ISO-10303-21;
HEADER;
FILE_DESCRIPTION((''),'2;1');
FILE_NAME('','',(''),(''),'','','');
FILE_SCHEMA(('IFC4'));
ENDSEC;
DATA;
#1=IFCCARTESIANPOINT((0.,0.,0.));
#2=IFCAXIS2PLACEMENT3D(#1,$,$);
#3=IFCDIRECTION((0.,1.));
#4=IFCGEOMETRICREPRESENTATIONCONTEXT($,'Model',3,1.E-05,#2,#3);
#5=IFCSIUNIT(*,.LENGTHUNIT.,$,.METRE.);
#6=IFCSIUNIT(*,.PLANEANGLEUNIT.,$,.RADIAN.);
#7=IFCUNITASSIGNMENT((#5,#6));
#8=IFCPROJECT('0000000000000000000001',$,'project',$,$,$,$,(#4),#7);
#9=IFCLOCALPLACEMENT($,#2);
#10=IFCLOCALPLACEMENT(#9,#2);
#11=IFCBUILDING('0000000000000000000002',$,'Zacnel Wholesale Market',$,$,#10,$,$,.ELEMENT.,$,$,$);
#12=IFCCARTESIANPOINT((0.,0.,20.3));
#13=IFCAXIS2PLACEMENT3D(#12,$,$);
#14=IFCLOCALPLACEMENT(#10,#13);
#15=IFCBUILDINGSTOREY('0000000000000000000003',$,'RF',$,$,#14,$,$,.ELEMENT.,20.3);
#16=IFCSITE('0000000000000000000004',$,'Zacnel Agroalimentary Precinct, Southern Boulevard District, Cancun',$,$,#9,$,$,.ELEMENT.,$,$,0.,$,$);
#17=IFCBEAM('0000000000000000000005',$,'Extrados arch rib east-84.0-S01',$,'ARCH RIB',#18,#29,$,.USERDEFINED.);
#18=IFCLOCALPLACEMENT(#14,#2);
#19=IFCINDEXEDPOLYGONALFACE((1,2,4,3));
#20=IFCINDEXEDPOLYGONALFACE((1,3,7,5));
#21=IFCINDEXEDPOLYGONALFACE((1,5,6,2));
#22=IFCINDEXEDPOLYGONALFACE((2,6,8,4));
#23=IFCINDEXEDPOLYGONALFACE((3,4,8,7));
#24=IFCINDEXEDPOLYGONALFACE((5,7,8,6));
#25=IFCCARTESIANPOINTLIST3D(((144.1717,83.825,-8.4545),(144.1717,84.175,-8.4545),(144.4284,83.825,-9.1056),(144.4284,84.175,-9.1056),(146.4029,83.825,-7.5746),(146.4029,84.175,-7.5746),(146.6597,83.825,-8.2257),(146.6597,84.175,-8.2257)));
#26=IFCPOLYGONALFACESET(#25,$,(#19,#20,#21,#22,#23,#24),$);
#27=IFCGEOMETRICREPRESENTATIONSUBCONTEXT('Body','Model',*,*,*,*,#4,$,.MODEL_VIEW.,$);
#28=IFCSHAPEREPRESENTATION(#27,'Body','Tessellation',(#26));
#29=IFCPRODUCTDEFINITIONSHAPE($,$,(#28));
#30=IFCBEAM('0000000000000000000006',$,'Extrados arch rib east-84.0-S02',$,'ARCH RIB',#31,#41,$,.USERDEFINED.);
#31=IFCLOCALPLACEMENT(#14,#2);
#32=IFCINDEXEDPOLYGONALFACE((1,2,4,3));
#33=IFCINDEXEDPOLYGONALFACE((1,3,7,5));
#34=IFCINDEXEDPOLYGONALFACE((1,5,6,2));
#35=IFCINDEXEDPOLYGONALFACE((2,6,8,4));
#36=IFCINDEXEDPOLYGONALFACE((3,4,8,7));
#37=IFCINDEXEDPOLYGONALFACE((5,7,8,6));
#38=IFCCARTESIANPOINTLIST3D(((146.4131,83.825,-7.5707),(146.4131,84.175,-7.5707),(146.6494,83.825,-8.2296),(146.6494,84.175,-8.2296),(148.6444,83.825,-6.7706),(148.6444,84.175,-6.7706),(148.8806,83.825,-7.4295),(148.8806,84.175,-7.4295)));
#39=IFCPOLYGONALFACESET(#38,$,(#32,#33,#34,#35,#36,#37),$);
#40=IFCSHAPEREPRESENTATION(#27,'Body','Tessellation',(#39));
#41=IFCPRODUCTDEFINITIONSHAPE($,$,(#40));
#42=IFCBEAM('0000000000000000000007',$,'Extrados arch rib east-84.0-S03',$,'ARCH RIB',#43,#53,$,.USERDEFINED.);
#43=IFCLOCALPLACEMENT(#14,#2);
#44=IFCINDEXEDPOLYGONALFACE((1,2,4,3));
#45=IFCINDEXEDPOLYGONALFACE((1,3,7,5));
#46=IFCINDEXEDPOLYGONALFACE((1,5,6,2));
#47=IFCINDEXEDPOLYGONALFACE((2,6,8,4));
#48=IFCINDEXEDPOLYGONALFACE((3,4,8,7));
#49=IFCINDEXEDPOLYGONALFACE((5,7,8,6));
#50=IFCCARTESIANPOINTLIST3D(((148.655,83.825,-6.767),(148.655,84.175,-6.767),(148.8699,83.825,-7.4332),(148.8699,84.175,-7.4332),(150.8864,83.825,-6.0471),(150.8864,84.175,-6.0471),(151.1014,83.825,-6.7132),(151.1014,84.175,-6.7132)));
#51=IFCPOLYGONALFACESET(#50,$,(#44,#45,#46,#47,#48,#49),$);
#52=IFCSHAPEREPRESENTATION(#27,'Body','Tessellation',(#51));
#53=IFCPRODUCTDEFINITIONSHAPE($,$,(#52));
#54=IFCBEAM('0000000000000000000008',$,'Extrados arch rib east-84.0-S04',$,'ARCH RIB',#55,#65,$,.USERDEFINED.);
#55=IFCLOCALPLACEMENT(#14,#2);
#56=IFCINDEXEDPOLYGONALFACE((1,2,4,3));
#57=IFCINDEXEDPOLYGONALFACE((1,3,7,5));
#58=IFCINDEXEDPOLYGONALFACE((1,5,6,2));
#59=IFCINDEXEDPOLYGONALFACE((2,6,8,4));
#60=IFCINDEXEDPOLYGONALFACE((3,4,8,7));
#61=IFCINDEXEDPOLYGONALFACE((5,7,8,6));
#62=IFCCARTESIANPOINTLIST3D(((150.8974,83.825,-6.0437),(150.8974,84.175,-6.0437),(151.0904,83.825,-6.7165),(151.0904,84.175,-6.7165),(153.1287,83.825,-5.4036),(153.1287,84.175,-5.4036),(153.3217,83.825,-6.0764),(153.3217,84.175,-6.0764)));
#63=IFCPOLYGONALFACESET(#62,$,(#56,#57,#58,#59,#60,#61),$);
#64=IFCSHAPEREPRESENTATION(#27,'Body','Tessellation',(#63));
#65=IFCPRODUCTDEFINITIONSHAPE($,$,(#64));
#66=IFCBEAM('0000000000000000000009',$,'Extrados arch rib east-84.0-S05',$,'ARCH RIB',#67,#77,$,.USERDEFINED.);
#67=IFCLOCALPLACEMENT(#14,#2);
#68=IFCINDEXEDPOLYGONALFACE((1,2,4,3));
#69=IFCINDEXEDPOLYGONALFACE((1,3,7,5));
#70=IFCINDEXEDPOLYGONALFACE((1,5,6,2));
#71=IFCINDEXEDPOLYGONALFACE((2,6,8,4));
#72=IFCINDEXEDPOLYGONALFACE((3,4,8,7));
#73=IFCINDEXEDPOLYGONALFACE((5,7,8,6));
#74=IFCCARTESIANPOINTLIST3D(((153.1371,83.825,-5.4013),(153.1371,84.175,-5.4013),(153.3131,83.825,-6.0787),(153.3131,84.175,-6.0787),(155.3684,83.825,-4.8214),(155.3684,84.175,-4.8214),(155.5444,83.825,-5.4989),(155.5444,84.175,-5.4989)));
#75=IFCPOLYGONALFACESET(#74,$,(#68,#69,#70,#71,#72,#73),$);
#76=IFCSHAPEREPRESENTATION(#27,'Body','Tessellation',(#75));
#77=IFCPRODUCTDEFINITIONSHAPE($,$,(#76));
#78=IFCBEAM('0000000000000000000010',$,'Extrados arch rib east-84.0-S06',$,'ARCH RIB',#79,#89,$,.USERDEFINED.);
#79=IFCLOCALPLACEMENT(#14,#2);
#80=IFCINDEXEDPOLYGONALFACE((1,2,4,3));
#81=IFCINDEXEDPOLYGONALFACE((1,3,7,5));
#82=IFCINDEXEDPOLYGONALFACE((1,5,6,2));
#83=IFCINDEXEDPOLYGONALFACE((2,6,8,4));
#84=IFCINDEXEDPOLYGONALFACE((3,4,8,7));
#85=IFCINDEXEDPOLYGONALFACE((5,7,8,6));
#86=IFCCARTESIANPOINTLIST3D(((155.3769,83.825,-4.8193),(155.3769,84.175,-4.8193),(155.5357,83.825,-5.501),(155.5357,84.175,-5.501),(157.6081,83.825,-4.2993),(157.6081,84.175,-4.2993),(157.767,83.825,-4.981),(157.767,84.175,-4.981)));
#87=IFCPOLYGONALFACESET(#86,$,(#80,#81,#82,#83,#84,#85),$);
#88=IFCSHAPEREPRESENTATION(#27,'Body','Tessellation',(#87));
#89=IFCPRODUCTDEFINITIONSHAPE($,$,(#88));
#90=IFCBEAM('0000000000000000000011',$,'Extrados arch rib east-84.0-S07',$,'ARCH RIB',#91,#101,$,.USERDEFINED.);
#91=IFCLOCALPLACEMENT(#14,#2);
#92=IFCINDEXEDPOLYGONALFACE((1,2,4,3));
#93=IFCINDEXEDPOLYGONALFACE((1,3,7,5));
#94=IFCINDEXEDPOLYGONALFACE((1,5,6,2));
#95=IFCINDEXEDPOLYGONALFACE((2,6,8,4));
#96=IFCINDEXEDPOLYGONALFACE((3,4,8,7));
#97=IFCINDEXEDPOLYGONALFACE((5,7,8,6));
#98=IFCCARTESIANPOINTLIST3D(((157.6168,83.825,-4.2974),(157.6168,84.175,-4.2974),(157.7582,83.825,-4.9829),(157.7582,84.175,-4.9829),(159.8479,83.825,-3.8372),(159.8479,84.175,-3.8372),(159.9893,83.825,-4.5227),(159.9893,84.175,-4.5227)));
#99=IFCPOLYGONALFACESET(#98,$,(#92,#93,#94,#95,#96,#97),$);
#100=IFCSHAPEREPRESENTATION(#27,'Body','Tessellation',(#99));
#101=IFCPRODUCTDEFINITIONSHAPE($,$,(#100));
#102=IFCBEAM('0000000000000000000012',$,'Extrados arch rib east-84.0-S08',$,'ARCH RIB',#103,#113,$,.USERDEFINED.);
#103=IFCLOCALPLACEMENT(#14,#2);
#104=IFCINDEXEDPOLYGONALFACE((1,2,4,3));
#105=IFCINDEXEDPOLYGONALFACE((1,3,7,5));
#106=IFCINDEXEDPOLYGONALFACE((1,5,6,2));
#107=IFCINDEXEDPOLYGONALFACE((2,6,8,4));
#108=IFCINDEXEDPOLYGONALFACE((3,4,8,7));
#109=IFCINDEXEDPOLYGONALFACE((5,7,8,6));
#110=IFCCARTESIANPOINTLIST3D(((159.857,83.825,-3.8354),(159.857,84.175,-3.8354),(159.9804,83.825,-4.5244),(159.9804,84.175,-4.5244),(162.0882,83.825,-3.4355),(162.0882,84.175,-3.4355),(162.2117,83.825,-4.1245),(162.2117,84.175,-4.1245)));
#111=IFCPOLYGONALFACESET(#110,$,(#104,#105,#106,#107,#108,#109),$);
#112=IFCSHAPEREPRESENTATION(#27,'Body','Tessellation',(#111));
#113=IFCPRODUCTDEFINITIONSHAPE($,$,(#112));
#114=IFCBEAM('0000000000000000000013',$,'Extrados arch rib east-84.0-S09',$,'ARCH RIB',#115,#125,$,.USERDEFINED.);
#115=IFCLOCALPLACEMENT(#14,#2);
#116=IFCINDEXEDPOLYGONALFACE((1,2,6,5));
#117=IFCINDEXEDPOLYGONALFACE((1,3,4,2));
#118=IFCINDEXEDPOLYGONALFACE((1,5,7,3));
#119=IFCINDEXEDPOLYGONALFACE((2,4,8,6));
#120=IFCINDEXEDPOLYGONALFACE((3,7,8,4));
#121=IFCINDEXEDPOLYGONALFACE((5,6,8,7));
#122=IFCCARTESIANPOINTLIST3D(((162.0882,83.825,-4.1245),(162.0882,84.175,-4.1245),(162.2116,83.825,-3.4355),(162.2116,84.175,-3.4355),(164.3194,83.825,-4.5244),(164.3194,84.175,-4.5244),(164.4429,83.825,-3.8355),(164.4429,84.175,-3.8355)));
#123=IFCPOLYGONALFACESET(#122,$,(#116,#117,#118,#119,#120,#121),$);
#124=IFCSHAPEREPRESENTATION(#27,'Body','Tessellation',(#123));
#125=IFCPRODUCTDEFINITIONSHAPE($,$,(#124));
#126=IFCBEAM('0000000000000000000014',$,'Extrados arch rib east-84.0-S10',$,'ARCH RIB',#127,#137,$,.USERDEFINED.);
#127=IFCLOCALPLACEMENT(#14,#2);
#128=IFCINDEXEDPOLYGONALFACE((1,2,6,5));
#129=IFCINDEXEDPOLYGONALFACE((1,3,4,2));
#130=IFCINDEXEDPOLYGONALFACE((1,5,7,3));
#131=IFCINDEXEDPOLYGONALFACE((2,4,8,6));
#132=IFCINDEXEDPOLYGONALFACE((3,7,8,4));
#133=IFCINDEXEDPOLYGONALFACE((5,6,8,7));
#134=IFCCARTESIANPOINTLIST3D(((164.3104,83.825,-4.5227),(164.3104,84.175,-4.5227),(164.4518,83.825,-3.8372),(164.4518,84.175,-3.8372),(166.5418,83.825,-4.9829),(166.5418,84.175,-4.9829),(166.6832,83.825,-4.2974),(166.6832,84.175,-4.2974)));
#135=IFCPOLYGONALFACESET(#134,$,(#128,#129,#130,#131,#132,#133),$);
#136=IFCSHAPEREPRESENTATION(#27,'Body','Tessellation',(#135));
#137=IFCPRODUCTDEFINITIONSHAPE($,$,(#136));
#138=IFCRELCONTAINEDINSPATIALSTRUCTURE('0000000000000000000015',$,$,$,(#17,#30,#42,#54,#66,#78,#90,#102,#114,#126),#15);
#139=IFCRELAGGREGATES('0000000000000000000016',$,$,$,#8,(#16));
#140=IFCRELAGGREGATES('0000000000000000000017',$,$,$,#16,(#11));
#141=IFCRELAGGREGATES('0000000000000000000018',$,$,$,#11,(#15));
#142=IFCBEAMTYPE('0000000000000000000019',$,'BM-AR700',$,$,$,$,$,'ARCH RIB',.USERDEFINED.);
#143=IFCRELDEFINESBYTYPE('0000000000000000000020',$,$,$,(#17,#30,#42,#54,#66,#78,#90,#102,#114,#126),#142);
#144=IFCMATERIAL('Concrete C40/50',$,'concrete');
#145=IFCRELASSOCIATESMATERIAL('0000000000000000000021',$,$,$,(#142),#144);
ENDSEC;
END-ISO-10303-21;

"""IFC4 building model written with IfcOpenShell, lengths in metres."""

from ifc_helpers import new_model, si_unit, direction, frame, origin, origin_2d, place, context, subcontext, project, spatial, rectangle, extrude, material, material_profile, profile_set, type_object, element, save


model = new_model("IFC4")

# Units and contexts
model_context = context("Model", 3, precision=1e-05, world=origin(), true_north=direction((0.0, 1.0)))
body_context = subcontext(model_context, "Body", "Model", "MODEL_VIEW")
ifc_project = project(units=[si_unit("LENGTHUNIT", "METRE"), si_unit("PLANEANGLEUNIT", "RADIAN")], contexts=[model_context])

# Site, building, storey
site_placement = place(None, origin())
site = spatial("IfcSite", under=ifc_project, at=site_placement, Name="Zacnel Agroalimentary Precinct, Southern Boulevard District, Cancun", CompositionType="ELEMENT", RefElevation=0.0)
building_placement = place(site_placement, origin())
building = spatial("IfcBuilding", under=site, at=building_placement, Name="Zacnel Wholesale Market", CompositionType="ELEMENT")
storey_placement = place(building_placement, frame((0.0, 0.0, 20.3)))
storey = spatial("IfcBuildingStorey", under=building, at=storey_placement, Name="RF", CompositionType="ELEMENT", Elevation=20.3)

# Beams
ifc_material_1 = material(Name="Concrete C40/50", Category="concrete")
ifc_material_profile_1 = material_profile(ifc_material_1, rectangle(XDim=0.3501, YDim=0.7, at=origin_2d()), Name="ARCH RIB 350x700")
ifc_profile_set_1 = profile_set([ifc_material_profile_1], Name="Concrete C40/50")
beam_type = type_object("IfcBeamType", Name="BM-AR700", ElementType="ARCH RIB", PredefinedType="USERDEFINED", material=ifc_profile_set_1)
beam_1_placement = place(storey_placement, frame((144.3, 84.0, -8.78), z_axis=(0.930277, 0.0, 0.366858), x_axis=(0.0, 1.0, 0.0)))
element("IfcBeam", 1, at=beam_1_placement, inside=storey, type_object=beam_type, Name="Extrados arch rib east-84.0-S01", ObjectType="ARCH RIB", PredefinedType="USERDEFINED", context=body_context, shape_type="SweptSolid", body=[
    extrude(rectangle(XDim=0.3501, YDim=0.7, at=origin_2d()), origin(), (0.0, 0.0, 1.0), 2.3984),
])
beam_2_placement = place(storey_placement, frame((146.5312, 84.0, -7.9001), z_axis=(0.941315, 0.0, 0.33753), x_axis=(0.0, 1.0, 0.0)))
element("IfcBeam", 2, at=beam_2_placement, inside=storey, type_object=beam_type, Name="Extrados arch rib east-84.0-S02", ObjectType="ARCH RIB", PredefinedType="USERDEFINED", context=body_context, shape_type="SweptSolid", body=[
    extrude(rectangle(XDim=0.3501, YDim=0.7, at=origin_2d()), origin(), (0.0, 0.0, 1.0), 2.3704),
])
beam_3_placement = place(storey_placement, frame((148.7625, 84.0, -7.1001), z_axis=(0.95169, 0.0, 0.307061), x_axis=(0.0, 1.0, 0.0)))
element("IfcBeam", 3, at=beam_3_placement, inside=storey, type_object=beam_type, Name="Extrados arch rib east-84.0-S03", ObjectType="ARCH RIB", PredefinedType="USERDEFINED", context=body_context, shape_type="SweptSolid", body=[
    extrude(rectangle(XDim=0.3501, YDim=0.7, at=origin_2d()), origin(), (0.0, 0.0, 1.0), 2.3447),
])
beam_4_placement = place(storey_placement, frame((150.9939, 84.0, -6.3801), z_axis=(0.961222, 0.0, 0.275777), x_axis=(0.0, 1.0, 0.0)))
element("IfcBeam", 4, at=beam_4_placement, inside=storey, type_object=beam_type, Name="Extrados arch rib east-84.0-S04", ObjectType="ARCH RIB", PredefinedType="USERDEFINED", context=body_context, shape_type="SweptSolid", body=[
    extrude(rectangle(XDim=0.3501, YDim=0.7, at=origin_2d()), origin(), (0.0, 0.0, 1.0), 2.3213),
])
beam_5_placement = place(storey_placement, frame((153.2251, 84.0, -5.74), z_axis=(0.967852, 0.0, 0.251521), x_axis=(0.0, 1.0, 0.0)))
element("IfcBeam", 5, at=beam_5_placement, inside=storey, type_object=beam_type, Name="Extrados arch rib east-84.0-S05", ObjectType="ARCH RIB", PredefinedType="USERDEFINED", context=body_context, shape_type="SweptSolid", body=[
    extrude(rectangle(XDim=0.3501, YDim=0.7, at=origin_2d()), origin(), (0.0, 0.0, 1.0), 2.3054),
])
beam_6_placement = place(storey_placement, frame((155.4563, 84.0, -5.1602), z_axis=(0.973899, 0.0, 0.226984), x_axis=(0.0, 1.0, 0.0)))
element("IfcBeam", 6, at=beam_6_placement, inside=storey, type_object=beam_type, Name="Extrados arch rib east-84.0-S06", ObjectType="ARCH RIB", PredefinedType="USERDEFINED", context=body_context, shape_type="SweptSolid", body=[
    extrude(rectangle(XDim=0.3501, YDim=0.7, at=origin_2d()), origin(), (0.0, 0.0, 1.0), 2.291),
])
beam_7_placement = place(storey_placement, frame((157.6875, 84.0, -4.6401), z_axis=(0.979384, 0.0, 0.202007), x_axis=(0.0, 1.0, 0.0)))
element("IfcBeam", 7, at=beam_7_placement, inside=storey, type_object=beam_type, Name="Extrados arch rib east-84.0-S07", ObjectType="ARCH RIB", PredefinedType="USERDEFINED", context=body_context, shape_type="SweptSolid", body=[
    extrude(rectangle(XDim=0.3501, YDim=0.7, at=origin_2d()), origin(), (0.0, 0.0, 1.0), 2.2781),
])
for number, where, z_axis, x_axis, name in (
    (8, (159.9187, 84.0, -4.1799), (0.984315, 0.0, 0.176421), (0.0, 1.0, 0.0), "Extrados arch rib east-84.0-S08"),
    (9, (162.1499, 84.0, -3.78), (0.984315, 0.0, -0.176421), (0.0, 1.0, 0.0), "Extrados arch rib east-84.0-S09"),
):
    element("IfcBeam", number, at=place(storey_placement, frame(where, z_axis=z_axis, x_axis=x_axis)), inside=storey, type_object=beam_type, Name=name, ObjectType="ARCH RIB", PredefinedType="USERDEFINED", context=body_context, shape_type="SweptSolid", body=[
        extrude(rectangle(XDim=0.3501, YDim=0.7, at=origin_2d()), origin(), (0.0, 0.0, 1.0), 2.2668),
    ])
beam_8_placement = place(storey_placement, frame((164.3811, 84.0, -4.1799), z_axis=(0.979389, 0.0, -0.201985), x_axis=(0.0, 1.0, 0.0)))
element("IfcBeam", 10, at=beam_8_placement, inside=storey, type_object=beam_type, Name="Extrados arch rib east-84.0-S10", ObjectType="ARCH RIB", PredefinedType="USERDEFINED", context=body_context, shape_type="SweptSolid", body=[
    extrude(rectangle(XDim=0.3501, YDim=0.7, at=origin_2d()), origin(), (0.0, 0.0, 1.0), 2.2783),
])

save(model, "model.ifc")
